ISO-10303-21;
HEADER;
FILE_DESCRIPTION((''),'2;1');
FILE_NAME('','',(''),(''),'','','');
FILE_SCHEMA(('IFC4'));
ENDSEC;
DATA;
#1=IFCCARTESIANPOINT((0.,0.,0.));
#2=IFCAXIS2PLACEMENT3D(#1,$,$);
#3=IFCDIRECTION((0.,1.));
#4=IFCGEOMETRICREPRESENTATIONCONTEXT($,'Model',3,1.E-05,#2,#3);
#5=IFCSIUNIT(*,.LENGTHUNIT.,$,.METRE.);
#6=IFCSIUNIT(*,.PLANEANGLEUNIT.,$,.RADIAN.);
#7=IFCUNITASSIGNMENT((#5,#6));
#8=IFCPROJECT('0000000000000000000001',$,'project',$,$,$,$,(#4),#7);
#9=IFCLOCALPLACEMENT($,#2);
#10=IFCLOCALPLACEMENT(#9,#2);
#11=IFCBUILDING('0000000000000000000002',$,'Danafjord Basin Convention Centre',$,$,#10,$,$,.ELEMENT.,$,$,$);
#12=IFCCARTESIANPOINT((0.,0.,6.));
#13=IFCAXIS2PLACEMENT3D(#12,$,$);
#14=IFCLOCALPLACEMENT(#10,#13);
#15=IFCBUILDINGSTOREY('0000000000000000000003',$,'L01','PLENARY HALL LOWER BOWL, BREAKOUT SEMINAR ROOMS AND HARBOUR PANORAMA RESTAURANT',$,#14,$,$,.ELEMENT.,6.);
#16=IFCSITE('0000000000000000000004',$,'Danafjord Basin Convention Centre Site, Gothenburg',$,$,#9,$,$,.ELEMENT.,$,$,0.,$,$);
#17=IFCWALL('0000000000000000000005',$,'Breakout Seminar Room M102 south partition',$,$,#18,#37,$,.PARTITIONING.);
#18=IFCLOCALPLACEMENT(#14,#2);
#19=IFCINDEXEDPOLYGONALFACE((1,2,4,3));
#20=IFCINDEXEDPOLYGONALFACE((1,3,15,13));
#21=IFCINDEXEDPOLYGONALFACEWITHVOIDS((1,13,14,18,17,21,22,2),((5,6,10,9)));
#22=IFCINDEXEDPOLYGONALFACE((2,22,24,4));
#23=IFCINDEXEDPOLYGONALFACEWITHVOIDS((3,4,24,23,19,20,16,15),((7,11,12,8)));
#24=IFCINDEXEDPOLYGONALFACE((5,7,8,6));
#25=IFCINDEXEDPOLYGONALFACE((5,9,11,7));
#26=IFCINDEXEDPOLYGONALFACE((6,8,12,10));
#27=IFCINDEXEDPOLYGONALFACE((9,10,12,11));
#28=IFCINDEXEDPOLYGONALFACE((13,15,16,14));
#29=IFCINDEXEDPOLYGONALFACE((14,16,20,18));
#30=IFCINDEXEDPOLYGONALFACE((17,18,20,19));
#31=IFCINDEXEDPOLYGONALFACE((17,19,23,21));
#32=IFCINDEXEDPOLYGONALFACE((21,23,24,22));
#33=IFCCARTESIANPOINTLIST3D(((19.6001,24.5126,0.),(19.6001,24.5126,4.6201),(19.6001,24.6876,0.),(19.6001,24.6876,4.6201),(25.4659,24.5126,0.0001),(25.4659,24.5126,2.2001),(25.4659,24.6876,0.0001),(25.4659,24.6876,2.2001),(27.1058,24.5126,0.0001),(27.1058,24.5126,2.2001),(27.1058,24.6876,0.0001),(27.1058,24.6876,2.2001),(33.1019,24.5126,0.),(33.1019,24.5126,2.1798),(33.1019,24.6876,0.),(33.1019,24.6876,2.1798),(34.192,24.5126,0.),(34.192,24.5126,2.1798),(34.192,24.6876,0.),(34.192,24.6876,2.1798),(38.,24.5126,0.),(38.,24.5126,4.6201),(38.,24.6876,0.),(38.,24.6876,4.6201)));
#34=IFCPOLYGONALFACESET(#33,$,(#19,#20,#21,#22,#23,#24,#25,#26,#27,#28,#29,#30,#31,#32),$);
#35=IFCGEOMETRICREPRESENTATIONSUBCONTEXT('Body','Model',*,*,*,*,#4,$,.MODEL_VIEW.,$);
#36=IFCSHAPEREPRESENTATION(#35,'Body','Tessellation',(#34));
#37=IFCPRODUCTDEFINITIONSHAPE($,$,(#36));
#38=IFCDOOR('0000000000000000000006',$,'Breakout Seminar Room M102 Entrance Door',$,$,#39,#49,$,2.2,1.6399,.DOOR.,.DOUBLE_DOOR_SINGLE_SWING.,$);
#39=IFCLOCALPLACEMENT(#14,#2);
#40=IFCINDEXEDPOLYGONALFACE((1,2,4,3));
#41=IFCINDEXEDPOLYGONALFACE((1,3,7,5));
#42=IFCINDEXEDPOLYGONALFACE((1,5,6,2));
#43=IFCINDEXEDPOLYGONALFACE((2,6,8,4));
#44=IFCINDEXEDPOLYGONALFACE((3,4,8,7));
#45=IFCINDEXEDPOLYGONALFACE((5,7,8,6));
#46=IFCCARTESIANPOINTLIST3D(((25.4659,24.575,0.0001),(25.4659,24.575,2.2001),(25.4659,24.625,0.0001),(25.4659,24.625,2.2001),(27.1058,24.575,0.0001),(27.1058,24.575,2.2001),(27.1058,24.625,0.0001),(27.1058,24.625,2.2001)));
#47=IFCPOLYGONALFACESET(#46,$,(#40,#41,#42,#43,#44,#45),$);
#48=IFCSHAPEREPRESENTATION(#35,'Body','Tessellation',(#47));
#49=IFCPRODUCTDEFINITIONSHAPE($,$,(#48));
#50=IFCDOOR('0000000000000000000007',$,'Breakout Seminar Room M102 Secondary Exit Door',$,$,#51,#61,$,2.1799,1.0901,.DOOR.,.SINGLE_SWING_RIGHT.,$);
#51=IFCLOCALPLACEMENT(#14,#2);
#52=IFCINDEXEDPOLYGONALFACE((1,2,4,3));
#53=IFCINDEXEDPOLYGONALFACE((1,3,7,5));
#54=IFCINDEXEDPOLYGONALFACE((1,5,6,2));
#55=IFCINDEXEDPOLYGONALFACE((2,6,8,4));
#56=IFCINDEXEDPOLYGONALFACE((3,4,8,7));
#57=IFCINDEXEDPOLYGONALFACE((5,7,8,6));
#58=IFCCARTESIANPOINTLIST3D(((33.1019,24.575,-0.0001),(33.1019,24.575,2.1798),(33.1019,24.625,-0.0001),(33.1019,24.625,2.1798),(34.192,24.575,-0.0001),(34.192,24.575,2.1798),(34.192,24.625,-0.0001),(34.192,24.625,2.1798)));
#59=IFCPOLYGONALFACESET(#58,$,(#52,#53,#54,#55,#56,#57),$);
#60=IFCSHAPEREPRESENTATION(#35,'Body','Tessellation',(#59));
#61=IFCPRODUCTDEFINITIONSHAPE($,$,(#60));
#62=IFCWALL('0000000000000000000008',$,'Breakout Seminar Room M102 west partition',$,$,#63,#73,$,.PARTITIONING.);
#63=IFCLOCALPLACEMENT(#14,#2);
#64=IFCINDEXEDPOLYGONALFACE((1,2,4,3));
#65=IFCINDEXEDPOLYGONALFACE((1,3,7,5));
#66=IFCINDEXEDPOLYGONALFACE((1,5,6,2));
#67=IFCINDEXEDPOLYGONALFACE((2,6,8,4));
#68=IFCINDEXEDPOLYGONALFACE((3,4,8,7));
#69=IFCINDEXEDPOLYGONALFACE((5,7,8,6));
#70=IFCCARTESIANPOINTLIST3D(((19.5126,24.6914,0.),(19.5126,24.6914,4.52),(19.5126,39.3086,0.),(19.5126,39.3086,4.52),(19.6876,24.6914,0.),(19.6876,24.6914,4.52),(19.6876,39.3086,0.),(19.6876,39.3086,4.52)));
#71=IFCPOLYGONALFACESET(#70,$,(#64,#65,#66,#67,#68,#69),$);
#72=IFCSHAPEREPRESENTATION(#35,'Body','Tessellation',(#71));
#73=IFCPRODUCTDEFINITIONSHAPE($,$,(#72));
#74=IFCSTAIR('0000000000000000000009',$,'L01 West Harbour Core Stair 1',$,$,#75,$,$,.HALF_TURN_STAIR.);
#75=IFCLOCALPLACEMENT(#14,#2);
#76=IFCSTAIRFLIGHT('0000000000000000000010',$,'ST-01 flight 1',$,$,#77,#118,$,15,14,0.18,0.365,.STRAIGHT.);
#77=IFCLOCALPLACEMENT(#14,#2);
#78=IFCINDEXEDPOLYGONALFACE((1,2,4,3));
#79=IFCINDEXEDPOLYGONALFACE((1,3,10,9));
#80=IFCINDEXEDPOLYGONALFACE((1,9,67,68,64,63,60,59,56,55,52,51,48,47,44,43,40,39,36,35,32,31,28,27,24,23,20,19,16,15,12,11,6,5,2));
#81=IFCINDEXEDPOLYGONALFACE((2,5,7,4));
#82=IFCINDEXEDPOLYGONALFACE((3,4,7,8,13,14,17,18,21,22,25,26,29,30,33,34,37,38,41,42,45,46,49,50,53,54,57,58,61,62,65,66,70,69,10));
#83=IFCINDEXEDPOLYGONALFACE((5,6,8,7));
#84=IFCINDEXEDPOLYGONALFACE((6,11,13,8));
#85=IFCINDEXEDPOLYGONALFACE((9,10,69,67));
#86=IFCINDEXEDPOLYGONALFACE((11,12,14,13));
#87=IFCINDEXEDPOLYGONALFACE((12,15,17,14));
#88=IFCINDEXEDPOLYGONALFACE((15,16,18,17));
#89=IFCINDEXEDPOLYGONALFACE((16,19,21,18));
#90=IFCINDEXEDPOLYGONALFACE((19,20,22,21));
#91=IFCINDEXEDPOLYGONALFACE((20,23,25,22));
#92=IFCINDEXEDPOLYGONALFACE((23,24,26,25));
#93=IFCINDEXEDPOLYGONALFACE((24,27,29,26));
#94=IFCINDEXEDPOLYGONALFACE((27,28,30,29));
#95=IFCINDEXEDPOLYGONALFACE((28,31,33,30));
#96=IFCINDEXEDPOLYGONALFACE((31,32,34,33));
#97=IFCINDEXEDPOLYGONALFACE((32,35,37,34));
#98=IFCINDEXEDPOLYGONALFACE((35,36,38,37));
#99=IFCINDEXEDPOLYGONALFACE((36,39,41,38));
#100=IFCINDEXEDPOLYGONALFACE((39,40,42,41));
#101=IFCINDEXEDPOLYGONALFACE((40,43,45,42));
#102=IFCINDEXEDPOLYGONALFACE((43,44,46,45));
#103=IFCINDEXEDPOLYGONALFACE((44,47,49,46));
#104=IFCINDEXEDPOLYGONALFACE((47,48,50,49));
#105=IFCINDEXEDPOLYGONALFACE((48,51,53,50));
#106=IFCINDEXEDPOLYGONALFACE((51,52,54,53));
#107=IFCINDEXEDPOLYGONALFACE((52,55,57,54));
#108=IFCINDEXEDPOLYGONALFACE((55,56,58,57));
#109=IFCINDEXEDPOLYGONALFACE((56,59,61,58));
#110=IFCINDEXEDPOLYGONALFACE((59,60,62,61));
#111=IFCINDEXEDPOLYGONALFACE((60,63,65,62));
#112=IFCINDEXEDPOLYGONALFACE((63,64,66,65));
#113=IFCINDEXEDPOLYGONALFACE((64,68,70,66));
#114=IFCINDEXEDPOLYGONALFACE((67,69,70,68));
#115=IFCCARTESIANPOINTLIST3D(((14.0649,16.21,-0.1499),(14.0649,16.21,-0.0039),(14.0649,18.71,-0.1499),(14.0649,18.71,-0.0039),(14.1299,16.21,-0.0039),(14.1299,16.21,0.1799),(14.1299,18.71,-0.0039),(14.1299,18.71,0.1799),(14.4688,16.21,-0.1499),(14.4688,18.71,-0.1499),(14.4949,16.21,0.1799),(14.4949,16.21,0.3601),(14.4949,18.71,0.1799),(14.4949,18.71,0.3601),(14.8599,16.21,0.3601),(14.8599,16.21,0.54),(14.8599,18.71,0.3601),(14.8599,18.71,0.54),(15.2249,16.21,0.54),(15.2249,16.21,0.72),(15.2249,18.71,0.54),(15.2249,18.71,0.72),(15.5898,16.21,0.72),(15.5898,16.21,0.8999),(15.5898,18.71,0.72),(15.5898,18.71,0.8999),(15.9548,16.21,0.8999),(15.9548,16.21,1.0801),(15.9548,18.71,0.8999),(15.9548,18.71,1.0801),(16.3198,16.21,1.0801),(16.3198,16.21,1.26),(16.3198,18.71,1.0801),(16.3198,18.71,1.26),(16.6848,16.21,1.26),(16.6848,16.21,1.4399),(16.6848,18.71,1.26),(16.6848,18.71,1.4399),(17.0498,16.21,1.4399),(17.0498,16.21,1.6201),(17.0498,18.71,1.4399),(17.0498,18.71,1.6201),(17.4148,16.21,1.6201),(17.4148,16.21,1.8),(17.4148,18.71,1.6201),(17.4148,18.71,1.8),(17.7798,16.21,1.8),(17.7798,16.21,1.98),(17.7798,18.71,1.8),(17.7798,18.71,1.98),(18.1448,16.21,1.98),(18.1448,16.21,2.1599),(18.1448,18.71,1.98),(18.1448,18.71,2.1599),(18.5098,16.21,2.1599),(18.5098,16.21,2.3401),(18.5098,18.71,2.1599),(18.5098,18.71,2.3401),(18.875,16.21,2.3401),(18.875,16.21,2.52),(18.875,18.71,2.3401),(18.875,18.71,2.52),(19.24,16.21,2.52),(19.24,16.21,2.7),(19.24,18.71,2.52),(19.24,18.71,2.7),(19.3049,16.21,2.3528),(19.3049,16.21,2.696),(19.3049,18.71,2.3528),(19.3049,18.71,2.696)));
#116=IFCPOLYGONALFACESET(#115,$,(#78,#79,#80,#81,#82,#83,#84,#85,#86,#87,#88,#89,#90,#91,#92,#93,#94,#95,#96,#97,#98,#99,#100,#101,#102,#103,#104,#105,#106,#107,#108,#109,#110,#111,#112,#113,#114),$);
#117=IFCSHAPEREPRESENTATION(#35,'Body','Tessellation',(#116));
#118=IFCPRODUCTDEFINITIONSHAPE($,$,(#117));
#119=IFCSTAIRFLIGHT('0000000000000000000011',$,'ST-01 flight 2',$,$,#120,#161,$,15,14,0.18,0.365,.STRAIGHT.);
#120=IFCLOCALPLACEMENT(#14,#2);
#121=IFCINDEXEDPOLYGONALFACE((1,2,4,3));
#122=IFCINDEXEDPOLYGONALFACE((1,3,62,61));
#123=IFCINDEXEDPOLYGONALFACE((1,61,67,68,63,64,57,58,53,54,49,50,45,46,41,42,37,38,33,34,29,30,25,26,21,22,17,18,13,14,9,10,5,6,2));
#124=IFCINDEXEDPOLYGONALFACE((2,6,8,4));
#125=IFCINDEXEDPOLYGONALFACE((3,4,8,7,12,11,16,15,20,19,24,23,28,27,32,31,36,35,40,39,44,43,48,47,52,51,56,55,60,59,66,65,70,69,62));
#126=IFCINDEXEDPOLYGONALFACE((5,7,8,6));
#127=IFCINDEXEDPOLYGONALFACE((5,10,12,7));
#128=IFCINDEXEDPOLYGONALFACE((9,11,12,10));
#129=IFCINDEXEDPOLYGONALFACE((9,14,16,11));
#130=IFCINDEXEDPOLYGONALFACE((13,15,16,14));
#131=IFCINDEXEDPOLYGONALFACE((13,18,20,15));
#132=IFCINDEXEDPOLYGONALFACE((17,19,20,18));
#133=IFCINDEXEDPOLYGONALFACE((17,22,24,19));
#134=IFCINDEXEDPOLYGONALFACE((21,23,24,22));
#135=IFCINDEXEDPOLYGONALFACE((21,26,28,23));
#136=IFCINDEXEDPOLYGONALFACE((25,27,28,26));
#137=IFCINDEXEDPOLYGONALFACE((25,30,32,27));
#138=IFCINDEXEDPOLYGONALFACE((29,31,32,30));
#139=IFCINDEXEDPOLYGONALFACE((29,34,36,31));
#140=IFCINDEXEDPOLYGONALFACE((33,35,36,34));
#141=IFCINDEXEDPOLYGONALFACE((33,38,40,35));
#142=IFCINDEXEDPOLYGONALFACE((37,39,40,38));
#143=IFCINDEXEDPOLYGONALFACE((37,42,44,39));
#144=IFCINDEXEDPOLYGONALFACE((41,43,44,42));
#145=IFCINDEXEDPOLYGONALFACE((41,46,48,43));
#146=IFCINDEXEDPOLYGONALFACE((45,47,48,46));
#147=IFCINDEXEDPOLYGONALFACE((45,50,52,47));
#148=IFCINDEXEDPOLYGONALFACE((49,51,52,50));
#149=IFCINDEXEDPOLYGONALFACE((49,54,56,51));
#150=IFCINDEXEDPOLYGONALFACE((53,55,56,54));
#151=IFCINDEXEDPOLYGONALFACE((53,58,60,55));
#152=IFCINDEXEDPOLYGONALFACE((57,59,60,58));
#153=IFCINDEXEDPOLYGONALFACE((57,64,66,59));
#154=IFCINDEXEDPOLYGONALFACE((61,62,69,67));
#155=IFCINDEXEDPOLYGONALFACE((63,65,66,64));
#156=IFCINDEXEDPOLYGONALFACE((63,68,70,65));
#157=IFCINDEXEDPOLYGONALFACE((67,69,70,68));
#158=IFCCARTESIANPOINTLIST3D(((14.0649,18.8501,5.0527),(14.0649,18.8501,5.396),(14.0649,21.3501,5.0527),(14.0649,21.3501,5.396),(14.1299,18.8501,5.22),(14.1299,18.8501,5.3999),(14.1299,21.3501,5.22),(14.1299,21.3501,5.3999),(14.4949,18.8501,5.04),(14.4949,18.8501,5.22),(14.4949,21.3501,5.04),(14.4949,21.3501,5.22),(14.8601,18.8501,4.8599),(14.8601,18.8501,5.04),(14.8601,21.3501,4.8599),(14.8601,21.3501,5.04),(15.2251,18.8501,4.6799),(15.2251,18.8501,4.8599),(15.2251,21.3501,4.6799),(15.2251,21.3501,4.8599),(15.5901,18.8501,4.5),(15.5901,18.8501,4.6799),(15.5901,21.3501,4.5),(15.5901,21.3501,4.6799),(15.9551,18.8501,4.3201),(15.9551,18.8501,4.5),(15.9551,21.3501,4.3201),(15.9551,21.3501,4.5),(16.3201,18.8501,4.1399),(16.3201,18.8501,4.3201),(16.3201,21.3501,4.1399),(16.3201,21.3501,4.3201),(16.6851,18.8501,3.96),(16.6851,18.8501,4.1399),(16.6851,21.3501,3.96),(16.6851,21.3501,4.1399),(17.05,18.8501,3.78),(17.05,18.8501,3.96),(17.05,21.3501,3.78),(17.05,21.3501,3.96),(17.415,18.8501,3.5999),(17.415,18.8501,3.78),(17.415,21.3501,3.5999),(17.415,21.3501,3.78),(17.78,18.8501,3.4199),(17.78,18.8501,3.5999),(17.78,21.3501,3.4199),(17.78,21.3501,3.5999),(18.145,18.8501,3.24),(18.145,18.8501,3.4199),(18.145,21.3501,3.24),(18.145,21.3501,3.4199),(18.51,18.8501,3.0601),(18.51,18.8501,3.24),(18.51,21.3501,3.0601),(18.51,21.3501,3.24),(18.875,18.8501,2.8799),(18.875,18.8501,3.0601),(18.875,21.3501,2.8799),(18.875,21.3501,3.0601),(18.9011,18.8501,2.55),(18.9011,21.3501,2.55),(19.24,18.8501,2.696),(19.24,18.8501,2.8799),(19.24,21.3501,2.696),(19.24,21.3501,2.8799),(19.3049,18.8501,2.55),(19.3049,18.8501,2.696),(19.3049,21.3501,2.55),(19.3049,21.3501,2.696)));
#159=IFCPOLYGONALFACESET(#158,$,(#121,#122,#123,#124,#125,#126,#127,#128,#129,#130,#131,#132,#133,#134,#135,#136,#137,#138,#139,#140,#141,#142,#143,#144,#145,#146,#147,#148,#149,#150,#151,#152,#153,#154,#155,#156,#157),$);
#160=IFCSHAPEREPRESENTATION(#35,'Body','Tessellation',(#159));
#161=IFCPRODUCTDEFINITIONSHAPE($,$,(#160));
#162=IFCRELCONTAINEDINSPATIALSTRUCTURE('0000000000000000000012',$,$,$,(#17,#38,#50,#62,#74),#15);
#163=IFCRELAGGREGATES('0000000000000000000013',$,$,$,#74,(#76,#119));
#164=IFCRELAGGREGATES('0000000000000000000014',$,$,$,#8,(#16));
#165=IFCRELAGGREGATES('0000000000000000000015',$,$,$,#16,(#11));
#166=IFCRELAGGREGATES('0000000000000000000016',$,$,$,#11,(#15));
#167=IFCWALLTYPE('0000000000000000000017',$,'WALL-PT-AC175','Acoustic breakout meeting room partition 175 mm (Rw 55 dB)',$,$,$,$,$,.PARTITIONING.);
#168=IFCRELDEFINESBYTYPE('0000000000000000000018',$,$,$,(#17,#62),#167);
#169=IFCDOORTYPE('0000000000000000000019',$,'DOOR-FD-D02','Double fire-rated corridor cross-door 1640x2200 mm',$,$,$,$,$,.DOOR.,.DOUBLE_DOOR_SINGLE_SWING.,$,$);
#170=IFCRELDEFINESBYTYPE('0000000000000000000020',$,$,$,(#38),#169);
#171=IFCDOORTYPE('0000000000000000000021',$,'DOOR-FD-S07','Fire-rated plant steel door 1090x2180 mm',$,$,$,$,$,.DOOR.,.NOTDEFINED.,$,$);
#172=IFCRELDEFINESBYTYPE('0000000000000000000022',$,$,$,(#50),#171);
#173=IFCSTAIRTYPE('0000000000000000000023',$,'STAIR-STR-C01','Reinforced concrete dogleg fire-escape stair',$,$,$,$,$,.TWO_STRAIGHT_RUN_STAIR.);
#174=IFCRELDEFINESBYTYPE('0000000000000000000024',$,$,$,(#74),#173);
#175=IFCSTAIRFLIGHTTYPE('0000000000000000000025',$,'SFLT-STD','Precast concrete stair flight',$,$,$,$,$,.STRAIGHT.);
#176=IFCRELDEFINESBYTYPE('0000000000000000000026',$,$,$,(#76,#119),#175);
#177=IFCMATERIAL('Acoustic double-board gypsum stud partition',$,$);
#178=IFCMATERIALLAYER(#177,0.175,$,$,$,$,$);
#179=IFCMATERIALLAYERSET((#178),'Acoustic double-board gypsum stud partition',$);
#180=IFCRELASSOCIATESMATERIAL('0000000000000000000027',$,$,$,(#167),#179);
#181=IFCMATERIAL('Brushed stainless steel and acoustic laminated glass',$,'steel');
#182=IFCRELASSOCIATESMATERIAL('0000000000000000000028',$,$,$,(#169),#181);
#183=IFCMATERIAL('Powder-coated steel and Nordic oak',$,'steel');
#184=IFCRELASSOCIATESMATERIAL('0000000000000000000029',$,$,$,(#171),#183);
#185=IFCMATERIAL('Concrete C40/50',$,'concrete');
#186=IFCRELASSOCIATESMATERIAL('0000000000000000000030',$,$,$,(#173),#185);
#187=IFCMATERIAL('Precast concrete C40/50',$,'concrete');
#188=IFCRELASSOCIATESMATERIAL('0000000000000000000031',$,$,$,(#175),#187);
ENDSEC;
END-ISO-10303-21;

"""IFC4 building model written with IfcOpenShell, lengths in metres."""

from ifc_helpers import new_model, si_unit, direction, frame, frame_2d, origin, place, context, subcontext, project, spatial, polyline, rectangle, outline, extrude, material, layer, layer_set, type_object, element, fill, aggregate, save


model = new_model("IFC4")

# Units and contexts
model_context = context("Model", 3, precision=1e-05, world=origin(), true_north=direction((0.0, 1.0)))
body_context = subcontext(model_context, "Body", "Model", "MODEL_VIEW")
ifc_project = project(units=[si_unit("LENGTHUNIT", "METRE"), si_unit("PLANEANGLEUNIT", "RADIAN")], contexts=[model_context])

# Site, building, storey
site_placement = place(None, origin())
site = spatial("IfcSite", under=ifc_project, at=site_placement, Name="Danafjord Basin Convention Centre Site, Gothenburg", CompositionType="ELEMENT", RefElevation=0.0)
building_placement = place(site_placement, origin())
building = spatial("IfcBuilding", under=site, at=building_placement, Name="Danafjord Basin Convention Centre", CompositionType="ELEMENT")
storey_placement = place(building_placement, frame((0.0, 0.0, 6.0)))
storey = spatial("IfcBuildingStorey", under=building, at=storey_placement, Name="L01", Description="PLENARY HALL LOWER BOWL, BREAKOUT SEMINAR ROOMS AND HARBOUR PANORAMA RESTAURANT", CompositionType="ELEMENT", Elevation=6.0)

# Shared definitions
ifc_material_1 = material(Name="Concrete C40/50", Category="concrete")

# Shared definitions
ifc_material_2 = material(Name="Brushed stainless steel and acoustic laminated glass", Category="steel")

# Shared definitions
ifc_material_3 = material(Name="Powder-coated steel and Nordic oak", Category="steel")

# Shared definitions
ifc_material_4 = material(Name="Acoustic double-board gypsum stud partition")
ifc_layer_1 = layer(ifc_material_4, 0.175)
ifc_layer_set_1 = layer_set([ifc_layer_1], Name="Acoustic double-board gypsum stud partition")
wall_type_1 = type_object("IfcWallType", Name="WALL-PT-AC175", Description="Acoustic breakout meeting room partition 175 mm (Rw 55 dB)", PredefinedType="PARTITIONING", material=ifc_layer_set_1)

# Wall, openings, doors
wall_1_placement = place(storey_placement, frame((19.6001, 24.6001, 0.0), z_axis=(0.0, 0.0, 1.0), x_axis=(1.0, 0.0, 0.0)))
wall_1 = element("IfcWall", 1, at=wall_1_placement, inside=storey, type_object=wall_type_1, Name="Breakout Seminar Room M102 south partition", PredefinedType="PARTITIONING", context=body_context, shape_type="SweptSolid", body=[
    extrude(rectangle(XDim=18.3999, YDim=0.175, at=frame_2d((9.2, 0.0))), origin(), (0.0, 0.0, 1.0), 4.6201),
])
opening_1_placement = place(wall_1_placement, frame((5.866, 0.0, 0.0)))
opening_1 = element("IfcOpeningElement", 2, at=opening_1_placement, cuts=wall_1, PredefinedType="OPENING", context=body_context, shape_type="SweptSolid", body=[
    extrude(rectangle(XDim=1.6399, YDim=2.2, at=frame_2d((0.8198, 1.1001))), frame((0.0, 0.0974, 0.0), z_axis=(0.0, -1.0, 0.0), x_axis=(1.0, 0.0, 0.0)), (0.0, 0.0, 1.0), 0.1951),
])
opening_2_placement = place(wall_1_placement, frame((13.502, 0.0, 0.0)))
opening_2 = element("IfcOpeningElement", 3, at=opening_2_placement, cuts=wall_1, PredefinedType="OPENING", context=body_context, shape_type="SweptSolid", body=[
    extrude(rectangle(XDim=1.0901, YDim=2.1799, at=frame_2d((0.5449, 1.0898))), frame((0.0, 0.0974, 0.0), z_axis=(0.0, -1.0, 0.0), x_axis=(1.0, 0.0, 0.0)), (0.0, 0.0, 1.0), 0.1951),
])
door_type_1 = type_object("IfcDoorType", Name="DOOR-FD-D02", Description="Double fire-rated corridor cross-door 1640x2200 mm", OperationType="DOUBLE_DOOR_SINGLE_SWING", PredefinedType="DOOR", material=ifc_material_2)
door_1_placement = place(opening_1_placement, origin())
door_1 = element("IfcDoor", 4, at=door_1_placement, inside=storey, type_object=door_type_1, Name="Breakout Seminar Room M102 Entrance Door", OperationType="DOUBLE_DOOR_SINGLE_SWING", OverallHeight=2.2, OverallWidth=1.6399, PredefinedType="DOOR", context=body_context, shape_type="SweptSolid", body=[
    extrude(rectangle(XDim=1.6399, YDim=2.2, at=frame_2d((0.8198, 1.1001))), frame((0.0, 0.0249, 0.0), z_axis=(0.0, -1.0, 0.0), x_axis=(1.0, 0.0, 0.0)), (0.0, 0.0, 1.0), 0.05),
])
fill(opening_1, door_1)
door_type_2 = type_object("IfcDoorType", Name="DOOR-FD-S07", Description="Fire-rated plant steel door 1090x2180 mm", OperationType="NOTDEFINED", PredefinedType="DOOR", material=ifc_material_3)
door_2_placement = place(opening_2_placement, origin())
door_2 = element("IfcDoor", 5, at=door_2_placement, inside=storey, type_object=door_type_2, Name="Breakout Seminar Room M102 Secondary Exit Door", OperationType="SINGLE_SWING_RIGHT", OverallHeight=2.1799, OverallWidth=1.0901, PredefinedType="DOOR", context=body_context, shape_type="SweptSolid", body=[
    extrude(rectangle(XDim=1.0901, YDim=2.1799, at=frame_2d((0.5449, 1.0898))), frame((0.0, 0.0249, 0.0), z_axis=(0.0, -1.0, 0.0), x_axis=(1.0, 0.0, 0.0)), (0.0, 0.0, 1.0), 0.05),
])
fill(opening_2, door_2)

# Wall
wall_2_placement = place(storey_placement, frame((19.6001, 39.3086, 0.0), z_axis=(0.0, 0.0, 1.0), x_axis=(0.0, -1.0, 0.0)))
element("IfcWall", 6, at=wall_2_placement, inside=storey, type_object=wall_type_1, Name="Breakout Seminar Room M102 west partition", PredefinedType="PARTITIONING", context=body_context, shape_type="SweptSolid", body=[
    extrude(rectangle(XDim=14.6172, YDim=0.175, at=frame_2d((7.3086, 0.0))), origin(), (0.0, 0.0, 1.0), 4.52),
])

# Stair, stair flights
stair_type = type_object("IfcStairType", Name="STAIR-STR-C01", Description="Reinforced concrete dogleg fire-escape stair", PredefinedType="TWO_STRAIGHT_RUN_STAIR", material=ifc_material_1)
stair_placement = place(storey_placement, origin())
stair = element("IfcStair", 7, at=stair_placement, inside=storey, type_object=stair_type, Name="L01 West Harbour Core Stair 1", PredefinedType="HALF_TURN_STAIR")
ifc_material_5 = material(Name="Precast concrete C40/50", Category="concrete")
stair_flight_type = type_object("IfcStairFlightType", Name="SFLT-STD", Description="Precast concrete stair flight", PredefinedType="STRAIGHT", material=ifc_material_5)
stair_flight_1_placement = place(storey_placement, frame((14.1299, 17.46, 0.0), z_axis=(0.0, 0.0, 1.0), x_axis=(1.0, 0.0, 0.0)))
stair_flight_1 = element("IfcStairFlight", 8, at=stair_flight_1_placement, type_object=stair_flight_type, Name="ST-01 flight 1", NumberOfRisers=15, NumberOfTreads=14, PredefinedType="STRAIGHT", RiserHeight=0.18, TreadLength=0.365, context=body_context, shape_type="SweptSolid", body=[
    extrude(outline(polyline([(-0.0649, -0.1499), (-0.0649, -0.0039), (0.0, -0.0039), (0.0, 0.1799), (0.365, 0.1799), (0.365, 0.3601), (0.73, 0.3601), (0.73, 0.54), (1.095, 0.54), (1.095, 0.72), (1.46, 0.72), (1.46, 0.8999), (1.825, 0.8999), (1.825, 1.0801), (2.1899, 1.0801), (2.1899, 1.26), (2.5549, 1.26), (2.5549, 1.4399), (2.9199, 1.4399), (2.9199, 1.6201), (3.2849, 1.6201), (3.2849, 1.8), (3.6499, 1.8), (3.6499, 1.98), (4.0149, 1.98), (4.0149, 2.1599), (4.3799, 2.1599), (4.3799, 2.3401), (4.7451, 2.3401), (4.7451, 2.52), (5.1101, 2.52), (5.1101, 2.7), (5.175, 2.696), (5.175, 2.3528), (0.3389, -0.1499), (-0.0649, -0.1499)])), frame((0.0, 1.25, 0.0), z_axis=(0.0, -1.0, 0.0), x_axis=(1.0, 0.0, 0.0)), (0.0, 0.0, 1.0), 2.5),
])
stair_flight_2_placement = place(storey_placement, frame((19.24, 20.1001, 2.7), z_axis=(0.0, 0.0, 1.0), x_axis=(-1.0, 0.0, 0.0)))
stair_flight_2 = element("IfcStairFlight", 9, at=stair_flight_2_placement, type_object=stair_flight_type, Name="ST-01 flight 2", NumberOfRisers=15, NumberOfTreads=14, PredefinedType="STRAIGHT", RiserHeight=0.18, TreadLength=0.365, context=body_context, shape_type="SweptSolid", body=[
    extrude(outline(polyline([(-0.0649, -0.1499), (-0.0649, -0.0039), (0.0, -0.0039), (0.0, 0.1799), (0.365, 0.1799), (0.365, 0.3601), (0.73, 0.3601), (0.73, 0.54), (1.095, 0.54), (1.095, 0.72), (1.46, 0.72), (1.46, 0.8999), (1.825, 0.8999), (1.825, 1.0801), (2.1899, 1.0801), (2.1899, 1.26), (2.5549, 1.26), (2.5549, 1.4399), (2.9199, 1.4399), (2.9199, 1.6201), (3.2849, 1.6201), (3.2849, 1.8), (3.6499, 1.8), (3.6499, 1.98), (4.0149, 1.98), (4.0149, 2.1599), (4.3799, 2.1599), (4.3799, 2.3401), (4.7451, 2.3401), (4.7451, 2.52), (5.1101, 2.52), (5.1101, 2.7), (5.175, 2.696), (5.175, 2.3528), (0.3389, -0.1499), (-0.0649, -0.1499)])), frame((0.0, 1.25, 0.0), z_axis=(0.0, -1.0, 0.0), x_axis=(1.0, 0.0, 0.0)), (0.0, 0.0, 1.0), 2.5),
])
aggregate(stair, [stair_flight_1, stair_flight_2])

save(model, "model.ifc")
